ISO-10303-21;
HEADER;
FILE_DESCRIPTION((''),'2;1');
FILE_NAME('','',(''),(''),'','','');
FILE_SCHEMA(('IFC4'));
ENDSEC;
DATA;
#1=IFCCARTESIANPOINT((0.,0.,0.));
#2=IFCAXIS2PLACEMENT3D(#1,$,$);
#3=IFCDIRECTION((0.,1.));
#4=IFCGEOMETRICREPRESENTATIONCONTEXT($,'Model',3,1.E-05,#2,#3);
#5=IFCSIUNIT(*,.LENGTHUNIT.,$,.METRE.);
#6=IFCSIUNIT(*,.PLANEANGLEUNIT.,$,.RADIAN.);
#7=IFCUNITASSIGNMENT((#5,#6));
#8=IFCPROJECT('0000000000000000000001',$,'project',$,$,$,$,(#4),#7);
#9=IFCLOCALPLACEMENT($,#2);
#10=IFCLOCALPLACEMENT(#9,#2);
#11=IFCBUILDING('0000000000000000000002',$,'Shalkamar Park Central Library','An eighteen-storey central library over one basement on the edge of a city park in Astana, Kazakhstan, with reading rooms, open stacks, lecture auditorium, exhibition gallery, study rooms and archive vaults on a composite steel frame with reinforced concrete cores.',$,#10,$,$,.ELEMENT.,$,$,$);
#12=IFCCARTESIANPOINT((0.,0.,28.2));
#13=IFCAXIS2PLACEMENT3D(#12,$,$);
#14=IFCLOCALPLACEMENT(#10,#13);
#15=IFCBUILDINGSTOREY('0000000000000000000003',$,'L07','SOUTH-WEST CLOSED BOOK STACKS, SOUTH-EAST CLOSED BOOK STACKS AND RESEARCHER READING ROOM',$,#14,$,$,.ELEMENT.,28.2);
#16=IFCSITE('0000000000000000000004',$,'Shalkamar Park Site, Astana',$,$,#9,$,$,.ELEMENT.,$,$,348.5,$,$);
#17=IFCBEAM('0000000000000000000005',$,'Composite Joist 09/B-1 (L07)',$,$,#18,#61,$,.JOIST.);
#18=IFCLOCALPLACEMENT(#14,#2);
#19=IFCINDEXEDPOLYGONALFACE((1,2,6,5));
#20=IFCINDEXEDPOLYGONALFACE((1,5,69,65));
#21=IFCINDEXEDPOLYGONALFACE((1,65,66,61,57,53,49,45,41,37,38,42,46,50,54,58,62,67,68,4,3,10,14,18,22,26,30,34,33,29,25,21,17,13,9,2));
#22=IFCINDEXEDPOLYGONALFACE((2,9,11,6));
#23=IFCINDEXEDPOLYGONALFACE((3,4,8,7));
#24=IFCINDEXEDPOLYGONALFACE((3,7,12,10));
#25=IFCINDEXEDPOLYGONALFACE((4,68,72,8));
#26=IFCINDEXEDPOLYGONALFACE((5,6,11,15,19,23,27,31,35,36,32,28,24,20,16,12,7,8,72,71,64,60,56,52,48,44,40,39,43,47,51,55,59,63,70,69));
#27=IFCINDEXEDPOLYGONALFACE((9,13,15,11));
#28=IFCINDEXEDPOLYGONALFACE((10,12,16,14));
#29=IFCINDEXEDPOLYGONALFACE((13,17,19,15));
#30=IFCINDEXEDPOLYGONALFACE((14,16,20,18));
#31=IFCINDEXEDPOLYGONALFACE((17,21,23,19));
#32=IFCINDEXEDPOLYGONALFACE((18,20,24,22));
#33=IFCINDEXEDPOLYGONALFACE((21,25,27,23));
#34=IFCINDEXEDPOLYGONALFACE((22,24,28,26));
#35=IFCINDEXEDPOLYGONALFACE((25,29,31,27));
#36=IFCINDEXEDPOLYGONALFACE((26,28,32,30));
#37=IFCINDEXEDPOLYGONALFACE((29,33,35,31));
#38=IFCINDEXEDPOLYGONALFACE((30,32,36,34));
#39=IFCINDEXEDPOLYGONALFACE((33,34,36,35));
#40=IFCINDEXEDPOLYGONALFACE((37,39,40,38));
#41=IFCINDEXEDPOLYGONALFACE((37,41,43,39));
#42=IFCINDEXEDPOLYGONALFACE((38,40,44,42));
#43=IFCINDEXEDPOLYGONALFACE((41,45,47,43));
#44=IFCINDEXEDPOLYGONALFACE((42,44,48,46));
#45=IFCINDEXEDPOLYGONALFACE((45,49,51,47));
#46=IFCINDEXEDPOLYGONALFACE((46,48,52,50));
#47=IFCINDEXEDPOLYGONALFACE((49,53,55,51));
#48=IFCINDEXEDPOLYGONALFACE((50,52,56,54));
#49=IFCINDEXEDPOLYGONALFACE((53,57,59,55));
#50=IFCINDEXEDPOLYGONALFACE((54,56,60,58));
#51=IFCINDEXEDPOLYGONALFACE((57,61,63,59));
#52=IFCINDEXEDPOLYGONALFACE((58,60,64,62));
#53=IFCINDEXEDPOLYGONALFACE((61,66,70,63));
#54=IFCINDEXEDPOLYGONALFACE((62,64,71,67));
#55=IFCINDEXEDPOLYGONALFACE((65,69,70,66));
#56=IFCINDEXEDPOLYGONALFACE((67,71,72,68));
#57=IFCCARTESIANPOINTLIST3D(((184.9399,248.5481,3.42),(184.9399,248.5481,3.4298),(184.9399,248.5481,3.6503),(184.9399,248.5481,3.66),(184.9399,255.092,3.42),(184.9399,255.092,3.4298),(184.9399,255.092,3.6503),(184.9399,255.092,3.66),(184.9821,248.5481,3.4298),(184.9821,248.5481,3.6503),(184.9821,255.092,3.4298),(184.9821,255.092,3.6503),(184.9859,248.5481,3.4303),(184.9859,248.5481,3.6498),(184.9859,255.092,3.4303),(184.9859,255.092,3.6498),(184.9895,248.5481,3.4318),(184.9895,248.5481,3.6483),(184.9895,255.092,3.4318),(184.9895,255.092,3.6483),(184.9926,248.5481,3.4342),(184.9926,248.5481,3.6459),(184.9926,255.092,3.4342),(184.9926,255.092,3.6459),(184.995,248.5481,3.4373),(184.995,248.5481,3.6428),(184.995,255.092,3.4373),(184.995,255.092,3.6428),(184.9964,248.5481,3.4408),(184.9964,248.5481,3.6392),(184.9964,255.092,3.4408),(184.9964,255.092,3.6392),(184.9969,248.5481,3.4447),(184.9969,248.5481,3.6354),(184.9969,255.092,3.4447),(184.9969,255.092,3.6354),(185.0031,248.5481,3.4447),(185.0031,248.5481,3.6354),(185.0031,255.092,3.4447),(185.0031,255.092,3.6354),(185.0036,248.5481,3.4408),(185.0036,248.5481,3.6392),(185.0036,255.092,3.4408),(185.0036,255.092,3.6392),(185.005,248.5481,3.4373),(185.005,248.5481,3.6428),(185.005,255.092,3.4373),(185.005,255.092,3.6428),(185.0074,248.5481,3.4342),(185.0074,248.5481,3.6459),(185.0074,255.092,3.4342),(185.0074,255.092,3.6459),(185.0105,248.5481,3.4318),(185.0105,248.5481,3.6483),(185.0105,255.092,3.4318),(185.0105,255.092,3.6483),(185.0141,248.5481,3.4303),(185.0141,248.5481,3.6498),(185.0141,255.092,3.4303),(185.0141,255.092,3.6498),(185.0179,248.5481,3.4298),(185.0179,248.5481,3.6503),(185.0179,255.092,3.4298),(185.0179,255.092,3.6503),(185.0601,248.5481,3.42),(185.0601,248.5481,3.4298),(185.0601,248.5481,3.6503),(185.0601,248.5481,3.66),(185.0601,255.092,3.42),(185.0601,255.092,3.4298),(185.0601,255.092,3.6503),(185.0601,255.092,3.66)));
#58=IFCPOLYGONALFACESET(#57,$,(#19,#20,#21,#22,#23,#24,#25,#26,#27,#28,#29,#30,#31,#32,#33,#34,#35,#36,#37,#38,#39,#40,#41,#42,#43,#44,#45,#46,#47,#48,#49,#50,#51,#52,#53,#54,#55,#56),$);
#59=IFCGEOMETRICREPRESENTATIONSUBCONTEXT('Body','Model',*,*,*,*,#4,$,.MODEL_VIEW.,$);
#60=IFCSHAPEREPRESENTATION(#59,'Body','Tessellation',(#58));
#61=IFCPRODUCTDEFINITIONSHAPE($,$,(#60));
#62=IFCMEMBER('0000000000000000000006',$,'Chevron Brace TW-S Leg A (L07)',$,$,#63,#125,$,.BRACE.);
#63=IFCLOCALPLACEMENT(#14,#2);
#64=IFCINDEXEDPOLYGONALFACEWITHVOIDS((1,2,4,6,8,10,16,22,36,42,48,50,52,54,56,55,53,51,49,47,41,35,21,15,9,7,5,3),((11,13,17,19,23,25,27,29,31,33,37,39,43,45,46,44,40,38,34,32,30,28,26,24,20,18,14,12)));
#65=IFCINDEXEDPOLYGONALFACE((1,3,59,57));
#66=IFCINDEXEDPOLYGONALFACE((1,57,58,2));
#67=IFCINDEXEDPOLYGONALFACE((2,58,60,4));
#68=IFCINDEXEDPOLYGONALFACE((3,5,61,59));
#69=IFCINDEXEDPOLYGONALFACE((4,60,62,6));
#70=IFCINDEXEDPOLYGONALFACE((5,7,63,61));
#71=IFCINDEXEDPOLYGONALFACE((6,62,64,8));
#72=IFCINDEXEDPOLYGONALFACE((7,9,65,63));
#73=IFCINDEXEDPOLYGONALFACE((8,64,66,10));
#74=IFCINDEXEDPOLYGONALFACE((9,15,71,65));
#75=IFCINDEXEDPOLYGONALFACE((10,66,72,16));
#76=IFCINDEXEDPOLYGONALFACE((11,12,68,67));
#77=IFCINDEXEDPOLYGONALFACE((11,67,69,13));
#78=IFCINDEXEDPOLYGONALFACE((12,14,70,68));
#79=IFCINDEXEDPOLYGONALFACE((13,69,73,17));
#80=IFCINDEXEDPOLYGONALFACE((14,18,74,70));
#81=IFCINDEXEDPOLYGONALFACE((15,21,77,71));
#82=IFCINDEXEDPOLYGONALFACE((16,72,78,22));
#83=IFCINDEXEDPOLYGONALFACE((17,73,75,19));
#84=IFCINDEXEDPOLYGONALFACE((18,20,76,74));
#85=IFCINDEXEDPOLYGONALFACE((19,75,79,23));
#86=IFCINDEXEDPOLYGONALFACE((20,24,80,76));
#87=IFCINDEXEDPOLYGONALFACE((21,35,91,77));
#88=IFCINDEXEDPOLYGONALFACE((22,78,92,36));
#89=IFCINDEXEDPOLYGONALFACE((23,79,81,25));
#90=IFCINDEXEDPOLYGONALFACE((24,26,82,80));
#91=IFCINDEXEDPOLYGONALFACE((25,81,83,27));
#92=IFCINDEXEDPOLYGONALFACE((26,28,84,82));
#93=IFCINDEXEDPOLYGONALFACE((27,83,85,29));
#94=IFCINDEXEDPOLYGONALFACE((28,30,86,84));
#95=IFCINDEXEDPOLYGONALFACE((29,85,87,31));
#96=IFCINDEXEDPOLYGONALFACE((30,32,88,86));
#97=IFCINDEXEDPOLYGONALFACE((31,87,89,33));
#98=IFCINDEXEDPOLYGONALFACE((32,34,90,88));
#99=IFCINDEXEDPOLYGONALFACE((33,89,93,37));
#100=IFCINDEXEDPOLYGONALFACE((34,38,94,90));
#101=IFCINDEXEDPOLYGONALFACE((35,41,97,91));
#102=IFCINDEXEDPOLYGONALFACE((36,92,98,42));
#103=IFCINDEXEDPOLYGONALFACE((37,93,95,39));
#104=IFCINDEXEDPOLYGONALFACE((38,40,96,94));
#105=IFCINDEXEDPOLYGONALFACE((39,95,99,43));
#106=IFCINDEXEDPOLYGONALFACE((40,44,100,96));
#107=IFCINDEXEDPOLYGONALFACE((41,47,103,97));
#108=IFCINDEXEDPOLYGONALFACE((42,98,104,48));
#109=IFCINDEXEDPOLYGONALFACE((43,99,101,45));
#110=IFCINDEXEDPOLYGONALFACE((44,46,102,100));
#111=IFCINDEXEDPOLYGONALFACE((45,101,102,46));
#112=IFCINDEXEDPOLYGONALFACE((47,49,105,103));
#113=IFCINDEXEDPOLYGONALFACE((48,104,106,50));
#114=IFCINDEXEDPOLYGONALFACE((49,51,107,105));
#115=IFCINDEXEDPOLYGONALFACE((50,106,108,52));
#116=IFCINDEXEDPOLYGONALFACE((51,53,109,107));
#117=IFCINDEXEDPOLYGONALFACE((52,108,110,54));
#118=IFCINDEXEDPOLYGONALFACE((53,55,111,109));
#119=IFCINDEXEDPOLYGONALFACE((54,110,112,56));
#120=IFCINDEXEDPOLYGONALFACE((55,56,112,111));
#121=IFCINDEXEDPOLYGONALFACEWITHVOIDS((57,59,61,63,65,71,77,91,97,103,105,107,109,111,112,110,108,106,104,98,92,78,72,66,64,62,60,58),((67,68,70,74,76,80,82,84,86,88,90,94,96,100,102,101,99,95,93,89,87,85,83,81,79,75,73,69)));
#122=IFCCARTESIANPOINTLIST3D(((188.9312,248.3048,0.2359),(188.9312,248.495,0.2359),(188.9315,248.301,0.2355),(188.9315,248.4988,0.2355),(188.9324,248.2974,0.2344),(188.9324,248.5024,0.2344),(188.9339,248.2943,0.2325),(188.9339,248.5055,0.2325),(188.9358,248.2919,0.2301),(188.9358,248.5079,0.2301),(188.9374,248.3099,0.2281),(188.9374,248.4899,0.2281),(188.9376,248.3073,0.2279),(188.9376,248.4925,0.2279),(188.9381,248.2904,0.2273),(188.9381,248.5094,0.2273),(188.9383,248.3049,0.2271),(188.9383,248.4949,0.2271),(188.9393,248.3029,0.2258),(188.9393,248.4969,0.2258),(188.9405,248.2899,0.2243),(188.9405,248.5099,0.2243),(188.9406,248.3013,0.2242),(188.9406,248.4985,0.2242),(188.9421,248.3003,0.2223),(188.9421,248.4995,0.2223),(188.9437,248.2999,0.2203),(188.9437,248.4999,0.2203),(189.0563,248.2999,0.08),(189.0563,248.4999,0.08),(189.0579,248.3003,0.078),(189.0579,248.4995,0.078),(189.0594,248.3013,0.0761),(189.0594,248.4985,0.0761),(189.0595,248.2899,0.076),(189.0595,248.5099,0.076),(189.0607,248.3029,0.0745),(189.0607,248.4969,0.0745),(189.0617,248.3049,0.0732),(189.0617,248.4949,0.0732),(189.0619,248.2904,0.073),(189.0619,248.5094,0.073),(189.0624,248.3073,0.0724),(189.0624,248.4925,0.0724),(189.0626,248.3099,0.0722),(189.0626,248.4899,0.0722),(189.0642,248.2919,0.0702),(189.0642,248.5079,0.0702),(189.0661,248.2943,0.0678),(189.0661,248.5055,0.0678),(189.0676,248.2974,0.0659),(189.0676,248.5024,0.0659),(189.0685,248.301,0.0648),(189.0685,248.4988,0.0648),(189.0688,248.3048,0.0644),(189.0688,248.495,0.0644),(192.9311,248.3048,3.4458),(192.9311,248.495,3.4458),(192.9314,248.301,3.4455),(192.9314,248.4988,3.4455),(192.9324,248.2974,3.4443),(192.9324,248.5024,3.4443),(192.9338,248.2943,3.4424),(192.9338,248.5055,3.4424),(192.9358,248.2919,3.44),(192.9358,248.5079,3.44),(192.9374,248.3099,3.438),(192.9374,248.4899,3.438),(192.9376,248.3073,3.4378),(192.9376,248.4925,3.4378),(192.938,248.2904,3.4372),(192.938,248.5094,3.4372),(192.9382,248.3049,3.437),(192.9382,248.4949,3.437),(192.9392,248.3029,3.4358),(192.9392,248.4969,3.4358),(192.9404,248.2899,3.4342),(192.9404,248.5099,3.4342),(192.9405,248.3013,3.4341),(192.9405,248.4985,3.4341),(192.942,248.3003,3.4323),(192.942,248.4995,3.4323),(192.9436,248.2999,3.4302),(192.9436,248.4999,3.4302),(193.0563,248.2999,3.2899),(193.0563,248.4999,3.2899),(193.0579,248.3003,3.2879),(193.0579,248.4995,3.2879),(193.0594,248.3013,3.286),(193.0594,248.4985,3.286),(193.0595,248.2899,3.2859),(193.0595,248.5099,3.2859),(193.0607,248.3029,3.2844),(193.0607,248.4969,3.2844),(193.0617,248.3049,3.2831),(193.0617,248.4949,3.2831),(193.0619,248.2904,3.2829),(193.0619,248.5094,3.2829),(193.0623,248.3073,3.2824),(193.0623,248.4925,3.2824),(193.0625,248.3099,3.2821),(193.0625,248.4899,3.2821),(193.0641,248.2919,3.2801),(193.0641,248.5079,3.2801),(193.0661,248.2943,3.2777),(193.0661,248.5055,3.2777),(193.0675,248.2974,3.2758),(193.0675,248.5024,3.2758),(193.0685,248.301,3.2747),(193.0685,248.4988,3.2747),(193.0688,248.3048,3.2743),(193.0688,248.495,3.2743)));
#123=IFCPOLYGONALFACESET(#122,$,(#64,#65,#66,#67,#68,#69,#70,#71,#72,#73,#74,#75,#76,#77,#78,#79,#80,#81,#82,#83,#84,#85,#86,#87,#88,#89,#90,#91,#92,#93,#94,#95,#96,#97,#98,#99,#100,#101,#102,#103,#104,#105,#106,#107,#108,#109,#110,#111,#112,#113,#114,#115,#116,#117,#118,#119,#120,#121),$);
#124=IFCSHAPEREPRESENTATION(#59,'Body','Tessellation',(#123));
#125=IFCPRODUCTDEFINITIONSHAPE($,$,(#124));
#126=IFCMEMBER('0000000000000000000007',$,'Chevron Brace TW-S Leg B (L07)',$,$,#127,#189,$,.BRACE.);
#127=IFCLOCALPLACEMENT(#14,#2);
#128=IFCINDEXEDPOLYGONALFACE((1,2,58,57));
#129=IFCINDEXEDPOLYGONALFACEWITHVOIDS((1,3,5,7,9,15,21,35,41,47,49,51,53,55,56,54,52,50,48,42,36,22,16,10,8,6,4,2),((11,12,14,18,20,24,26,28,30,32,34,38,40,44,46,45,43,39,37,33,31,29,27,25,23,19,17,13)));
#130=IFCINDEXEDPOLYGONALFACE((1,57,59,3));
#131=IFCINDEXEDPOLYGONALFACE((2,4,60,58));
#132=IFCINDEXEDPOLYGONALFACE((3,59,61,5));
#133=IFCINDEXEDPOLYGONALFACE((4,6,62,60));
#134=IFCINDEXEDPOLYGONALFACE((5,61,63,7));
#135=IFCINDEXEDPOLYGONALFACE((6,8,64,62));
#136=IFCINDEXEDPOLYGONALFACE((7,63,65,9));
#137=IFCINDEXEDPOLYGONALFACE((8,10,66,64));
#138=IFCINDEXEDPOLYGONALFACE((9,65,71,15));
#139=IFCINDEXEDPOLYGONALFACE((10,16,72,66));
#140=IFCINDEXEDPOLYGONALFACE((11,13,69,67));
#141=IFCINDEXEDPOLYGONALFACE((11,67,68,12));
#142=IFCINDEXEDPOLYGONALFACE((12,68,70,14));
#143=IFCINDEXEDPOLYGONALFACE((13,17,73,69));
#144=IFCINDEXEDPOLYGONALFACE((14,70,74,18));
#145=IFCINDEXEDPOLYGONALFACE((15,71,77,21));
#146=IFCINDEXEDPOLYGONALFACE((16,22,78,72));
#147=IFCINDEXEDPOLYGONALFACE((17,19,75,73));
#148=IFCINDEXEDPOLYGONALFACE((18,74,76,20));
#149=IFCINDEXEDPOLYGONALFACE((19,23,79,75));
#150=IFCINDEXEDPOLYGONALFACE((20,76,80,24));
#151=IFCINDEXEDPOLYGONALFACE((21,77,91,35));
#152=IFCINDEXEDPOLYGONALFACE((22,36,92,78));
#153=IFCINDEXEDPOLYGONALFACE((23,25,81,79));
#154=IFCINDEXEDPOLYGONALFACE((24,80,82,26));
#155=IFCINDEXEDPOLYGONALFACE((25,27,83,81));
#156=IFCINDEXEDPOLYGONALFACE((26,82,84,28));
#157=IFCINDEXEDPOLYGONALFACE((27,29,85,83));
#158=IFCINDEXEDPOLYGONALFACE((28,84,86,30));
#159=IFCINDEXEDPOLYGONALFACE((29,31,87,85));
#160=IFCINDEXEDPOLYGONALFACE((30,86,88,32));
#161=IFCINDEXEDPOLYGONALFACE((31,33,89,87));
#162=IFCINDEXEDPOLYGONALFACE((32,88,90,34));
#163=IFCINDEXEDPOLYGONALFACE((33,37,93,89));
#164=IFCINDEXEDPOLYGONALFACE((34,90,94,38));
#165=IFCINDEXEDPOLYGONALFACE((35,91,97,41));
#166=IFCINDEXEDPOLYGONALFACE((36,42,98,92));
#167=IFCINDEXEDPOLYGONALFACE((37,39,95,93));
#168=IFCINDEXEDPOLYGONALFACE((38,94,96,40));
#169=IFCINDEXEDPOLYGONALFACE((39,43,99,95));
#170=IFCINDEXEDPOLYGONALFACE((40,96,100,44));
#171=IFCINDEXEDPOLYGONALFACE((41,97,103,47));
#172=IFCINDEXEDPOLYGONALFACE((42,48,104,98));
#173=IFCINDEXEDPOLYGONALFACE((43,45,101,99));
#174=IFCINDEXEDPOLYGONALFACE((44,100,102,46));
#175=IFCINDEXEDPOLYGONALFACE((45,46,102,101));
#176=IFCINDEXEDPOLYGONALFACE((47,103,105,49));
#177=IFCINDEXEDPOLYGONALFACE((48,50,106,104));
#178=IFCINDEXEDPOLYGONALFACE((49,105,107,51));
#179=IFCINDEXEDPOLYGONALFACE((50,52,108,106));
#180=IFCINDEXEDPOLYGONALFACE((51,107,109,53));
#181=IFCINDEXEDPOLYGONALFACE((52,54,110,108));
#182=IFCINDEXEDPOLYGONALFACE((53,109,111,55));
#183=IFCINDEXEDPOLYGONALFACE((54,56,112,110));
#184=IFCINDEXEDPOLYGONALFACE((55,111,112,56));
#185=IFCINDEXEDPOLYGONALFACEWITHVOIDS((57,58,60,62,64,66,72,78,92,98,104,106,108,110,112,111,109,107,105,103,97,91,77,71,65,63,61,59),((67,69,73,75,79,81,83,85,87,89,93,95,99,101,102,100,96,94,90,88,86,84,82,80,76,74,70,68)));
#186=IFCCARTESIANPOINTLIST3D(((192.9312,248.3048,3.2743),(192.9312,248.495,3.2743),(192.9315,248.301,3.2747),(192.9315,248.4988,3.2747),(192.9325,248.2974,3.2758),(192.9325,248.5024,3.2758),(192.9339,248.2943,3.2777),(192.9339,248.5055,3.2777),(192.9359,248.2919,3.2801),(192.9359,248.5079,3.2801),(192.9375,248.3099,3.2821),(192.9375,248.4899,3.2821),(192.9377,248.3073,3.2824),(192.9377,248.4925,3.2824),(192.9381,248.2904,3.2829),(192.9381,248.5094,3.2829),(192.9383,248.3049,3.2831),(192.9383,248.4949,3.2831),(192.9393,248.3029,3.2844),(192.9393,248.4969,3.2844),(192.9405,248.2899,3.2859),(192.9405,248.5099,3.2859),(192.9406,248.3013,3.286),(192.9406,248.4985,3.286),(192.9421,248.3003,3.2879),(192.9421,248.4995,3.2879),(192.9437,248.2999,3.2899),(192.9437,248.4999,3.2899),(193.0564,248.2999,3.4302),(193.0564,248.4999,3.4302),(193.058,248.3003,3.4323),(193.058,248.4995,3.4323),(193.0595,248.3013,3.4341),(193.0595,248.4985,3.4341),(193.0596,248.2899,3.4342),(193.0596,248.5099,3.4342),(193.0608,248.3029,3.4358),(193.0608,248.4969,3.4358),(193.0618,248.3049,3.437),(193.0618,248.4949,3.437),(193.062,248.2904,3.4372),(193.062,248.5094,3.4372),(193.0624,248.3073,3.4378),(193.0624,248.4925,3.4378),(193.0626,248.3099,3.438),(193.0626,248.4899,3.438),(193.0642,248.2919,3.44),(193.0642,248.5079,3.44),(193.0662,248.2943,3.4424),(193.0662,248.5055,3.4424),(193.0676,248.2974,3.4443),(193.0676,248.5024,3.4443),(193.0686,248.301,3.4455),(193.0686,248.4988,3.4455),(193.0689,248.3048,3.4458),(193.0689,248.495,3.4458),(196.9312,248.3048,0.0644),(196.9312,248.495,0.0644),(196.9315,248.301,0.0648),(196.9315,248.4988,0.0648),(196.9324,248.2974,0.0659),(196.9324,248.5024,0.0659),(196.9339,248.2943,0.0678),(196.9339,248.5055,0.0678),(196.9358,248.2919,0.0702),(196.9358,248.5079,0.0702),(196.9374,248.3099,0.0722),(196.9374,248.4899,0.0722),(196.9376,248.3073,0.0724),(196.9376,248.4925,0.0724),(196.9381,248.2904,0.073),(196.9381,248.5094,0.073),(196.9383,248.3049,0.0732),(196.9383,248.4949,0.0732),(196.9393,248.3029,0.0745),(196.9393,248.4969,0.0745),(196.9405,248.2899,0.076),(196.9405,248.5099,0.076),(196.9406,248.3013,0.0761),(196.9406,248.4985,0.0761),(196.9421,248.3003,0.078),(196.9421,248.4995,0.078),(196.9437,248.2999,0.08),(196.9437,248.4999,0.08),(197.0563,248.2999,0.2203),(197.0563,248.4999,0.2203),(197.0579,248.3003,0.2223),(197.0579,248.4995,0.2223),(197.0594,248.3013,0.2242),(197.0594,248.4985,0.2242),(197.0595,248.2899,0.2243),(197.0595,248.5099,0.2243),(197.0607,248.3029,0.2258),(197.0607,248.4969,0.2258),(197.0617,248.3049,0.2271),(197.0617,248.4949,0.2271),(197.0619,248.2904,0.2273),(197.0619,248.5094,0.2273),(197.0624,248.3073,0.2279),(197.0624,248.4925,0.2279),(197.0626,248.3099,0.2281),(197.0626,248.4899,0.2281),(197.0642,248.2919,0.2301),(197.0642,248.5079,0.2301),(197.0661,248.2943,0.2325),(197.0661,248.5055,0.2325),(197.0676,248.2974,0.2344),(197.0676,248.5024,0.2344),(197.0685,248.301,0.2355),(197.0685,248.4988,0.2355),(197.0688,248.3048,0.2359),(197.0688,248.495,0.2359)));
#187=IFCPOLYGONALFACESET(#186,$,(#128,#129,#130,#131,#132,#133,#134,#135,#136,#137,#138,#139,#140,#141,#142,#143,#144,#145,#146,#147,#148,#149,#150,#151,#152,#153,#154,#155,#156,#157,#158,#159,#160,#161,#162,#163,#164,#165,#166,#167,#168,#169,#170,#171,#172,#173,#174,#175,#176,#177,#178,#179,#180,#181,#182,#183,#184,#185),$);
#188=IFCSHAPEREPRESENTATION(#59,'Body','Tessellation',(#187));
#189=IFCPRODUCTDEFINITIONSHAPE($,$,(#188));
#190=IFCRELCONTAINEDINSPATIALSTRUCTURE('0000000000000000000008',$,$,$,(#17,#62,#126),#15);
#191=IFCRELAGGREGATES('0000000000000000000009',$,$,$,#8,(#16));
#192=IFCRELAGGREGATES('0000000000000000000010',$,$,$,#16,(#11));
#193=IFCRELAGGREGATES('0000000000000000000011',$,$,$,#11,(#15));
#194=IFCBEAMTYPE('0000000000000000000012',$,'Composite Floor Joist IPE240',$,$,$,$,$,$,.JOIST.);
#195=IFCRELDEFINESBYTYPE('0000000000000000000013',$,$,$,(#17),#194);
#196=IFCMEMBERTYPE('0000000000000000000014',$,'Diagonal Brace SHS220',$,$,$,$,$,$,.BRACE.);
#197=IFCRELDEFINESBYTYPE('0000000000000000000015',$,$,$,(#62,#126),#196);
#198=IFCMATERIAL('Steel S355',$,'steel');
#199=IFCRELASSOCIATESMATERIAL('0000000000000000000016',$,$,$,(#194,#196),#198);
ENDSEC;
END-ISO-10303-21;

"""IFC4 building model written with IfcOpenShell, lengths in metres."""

from ifc_helpers import new_model, si_unit, direction, frame, origin, origin_2d, place, context, subcontext, project, spatial, hollow_rectangle, i_section, extrude, material, material_profile, profile_set, type_object, element, save


model = new_model("IFC4")

# Units and contexts
model_context = context("Model", 3, precision=1e-05, world=origin(), true_north=direction((0.0, 1.0)))
body_context = subcontext(model_context, "Body", "Model", "MODEL_VIEW")
ifc_project = project(units=[si_unit("LENGTHUNIT", "METRE"), si_unit("PLANEANGLEUNIT", "RADIAN")], contexts=[model_context])

# Site, building, storey
site_placement = place(None, origin())
site = spatial("IfcSite", under=ifc_project, at=site_placement, Name="Shalkamar Park Site, Astana", CompositionType="ELEMENT", RefElevation=348.5)
building_placement = place(site_placement, origin())
building = spatial("IfcBuilding", under=site, at=building_placement, Name="Shalkamar Park Central Library", Description="An eighteen-storey central library over one basement on the edge of a city park in Astana, Kazakhstan, with reading rooms, open stacks, lecture auditorium, exhibition gallery, study rooms and archive vaults on a composite steel frame with reinforced concrete cores.", CompositionType="ELEMENT")
storey_placement = place(building_placement, frame((0.0, 0.0, 28.2)))
storey = spatial("IfcBuildingStorey", under=building, at=storey_placement, Name="L07", Description="SOUTH-WEST CLOSED BOOK STACKS, SOUTH-EAST CLOSED BOOK STACKS AND RESEARCHER READING ROOM", CompositionType="ELEMENT", Elevation=28.2)

# Beam
ifc_material_1 = material(Name="Steel S355", Category="steel")
ifc_material_profile_1 = material_profile(ifc_material_1, i_section(OverallWidth=0.1201, OverallDepth=0.24, WebThickness=0.0061, FlangeThickness=0.0098, FilletRadius=0.0149, at=origin_2d()), Name="IPE 240")
ifc_profile_set_1 = profile_set([ifc_material_profile_1], Name="Steel S355")
beam_type_1 = type_object("IfcBeamType", Name="Composite Floor Joist IPE240", PredefinedType="JOIST", material=ifc_profile_set_1)
beam_1_placement = place(storey_placement, frame((185.0, 248.5481, 3.54), z_axis=(0.0, 1.0, 0.0), x_axis=(-1.0, 0.0, 0.0)))
element("IfcBeam", 1, at=beam_1_placement, inside=storey, type_object=beam_type_1, Name="Composite Joist 09/B-1 (L07)", PredefinedType="JOIST", context=body_context, shape_type="SweptSolid", body=[
    extrude(i_section(OverallWidth=0.1201, OverallDepth=0.24, WebThickness=0.0061, FlangeThickness=0.0098, FilletRadius=0.0149, at=origin_2d()), origin(), (0.0, 0.0, 1.0), 6.5439),
])

# Members
ifc_material_profile_2 = material_profile(ifc_material_1, hollow_rectangle(XDim=0.22, YDim=0.22, WallThickness=0.01, InnerFilletRadius=0.01, OuterFilletRadius=0.0149, at=origin_2d()), Name="SHS 220x220x10")
ifc_profile_set_2 = profile_set([ifc_material_profile_2], Name="Steel S355")
member_type = type_object("IfcMemberType", Name="Diagonal Brace SHS220", PredefinedType="BRACE", material=ifc_profile_set_2)
for number, where, z_axis, x_axis, name in (
    (2, (189.0, 248.3999, 0.1501), (0.779921, 0.0, 0.625879), (0.0, 1.0, 0.0), "Chevron Brace TW-S Leg A (L07)"),
    (3, (197.0, 248.3999, 0.1501), (-0.779921, 0.0, 0.625879), (0.0, -1.0, 0.0), "Chevron Brace TW-S Leg B (L07)"),
):
    element("IfcMember", number, at=place(storey_placement, frame(where, z_axis=z_axis, x_axis=x_axis)), inside=storey, type_object=member_type, Name=name, PredefinedType="BRACE", context=body_context, shape_type="SweptSolid", body=[
        extrude(hollow_rectangle(XDim=0.22, YDim=0.22, WallThickness=0.01, InnerFilletRadius=0.01, OuterFilletRadius=0.0149, at=origin_2d()), origin(), (0.0, 0.0, 1.0), 5.1287),
    ])

save(model, "model.ifc")
